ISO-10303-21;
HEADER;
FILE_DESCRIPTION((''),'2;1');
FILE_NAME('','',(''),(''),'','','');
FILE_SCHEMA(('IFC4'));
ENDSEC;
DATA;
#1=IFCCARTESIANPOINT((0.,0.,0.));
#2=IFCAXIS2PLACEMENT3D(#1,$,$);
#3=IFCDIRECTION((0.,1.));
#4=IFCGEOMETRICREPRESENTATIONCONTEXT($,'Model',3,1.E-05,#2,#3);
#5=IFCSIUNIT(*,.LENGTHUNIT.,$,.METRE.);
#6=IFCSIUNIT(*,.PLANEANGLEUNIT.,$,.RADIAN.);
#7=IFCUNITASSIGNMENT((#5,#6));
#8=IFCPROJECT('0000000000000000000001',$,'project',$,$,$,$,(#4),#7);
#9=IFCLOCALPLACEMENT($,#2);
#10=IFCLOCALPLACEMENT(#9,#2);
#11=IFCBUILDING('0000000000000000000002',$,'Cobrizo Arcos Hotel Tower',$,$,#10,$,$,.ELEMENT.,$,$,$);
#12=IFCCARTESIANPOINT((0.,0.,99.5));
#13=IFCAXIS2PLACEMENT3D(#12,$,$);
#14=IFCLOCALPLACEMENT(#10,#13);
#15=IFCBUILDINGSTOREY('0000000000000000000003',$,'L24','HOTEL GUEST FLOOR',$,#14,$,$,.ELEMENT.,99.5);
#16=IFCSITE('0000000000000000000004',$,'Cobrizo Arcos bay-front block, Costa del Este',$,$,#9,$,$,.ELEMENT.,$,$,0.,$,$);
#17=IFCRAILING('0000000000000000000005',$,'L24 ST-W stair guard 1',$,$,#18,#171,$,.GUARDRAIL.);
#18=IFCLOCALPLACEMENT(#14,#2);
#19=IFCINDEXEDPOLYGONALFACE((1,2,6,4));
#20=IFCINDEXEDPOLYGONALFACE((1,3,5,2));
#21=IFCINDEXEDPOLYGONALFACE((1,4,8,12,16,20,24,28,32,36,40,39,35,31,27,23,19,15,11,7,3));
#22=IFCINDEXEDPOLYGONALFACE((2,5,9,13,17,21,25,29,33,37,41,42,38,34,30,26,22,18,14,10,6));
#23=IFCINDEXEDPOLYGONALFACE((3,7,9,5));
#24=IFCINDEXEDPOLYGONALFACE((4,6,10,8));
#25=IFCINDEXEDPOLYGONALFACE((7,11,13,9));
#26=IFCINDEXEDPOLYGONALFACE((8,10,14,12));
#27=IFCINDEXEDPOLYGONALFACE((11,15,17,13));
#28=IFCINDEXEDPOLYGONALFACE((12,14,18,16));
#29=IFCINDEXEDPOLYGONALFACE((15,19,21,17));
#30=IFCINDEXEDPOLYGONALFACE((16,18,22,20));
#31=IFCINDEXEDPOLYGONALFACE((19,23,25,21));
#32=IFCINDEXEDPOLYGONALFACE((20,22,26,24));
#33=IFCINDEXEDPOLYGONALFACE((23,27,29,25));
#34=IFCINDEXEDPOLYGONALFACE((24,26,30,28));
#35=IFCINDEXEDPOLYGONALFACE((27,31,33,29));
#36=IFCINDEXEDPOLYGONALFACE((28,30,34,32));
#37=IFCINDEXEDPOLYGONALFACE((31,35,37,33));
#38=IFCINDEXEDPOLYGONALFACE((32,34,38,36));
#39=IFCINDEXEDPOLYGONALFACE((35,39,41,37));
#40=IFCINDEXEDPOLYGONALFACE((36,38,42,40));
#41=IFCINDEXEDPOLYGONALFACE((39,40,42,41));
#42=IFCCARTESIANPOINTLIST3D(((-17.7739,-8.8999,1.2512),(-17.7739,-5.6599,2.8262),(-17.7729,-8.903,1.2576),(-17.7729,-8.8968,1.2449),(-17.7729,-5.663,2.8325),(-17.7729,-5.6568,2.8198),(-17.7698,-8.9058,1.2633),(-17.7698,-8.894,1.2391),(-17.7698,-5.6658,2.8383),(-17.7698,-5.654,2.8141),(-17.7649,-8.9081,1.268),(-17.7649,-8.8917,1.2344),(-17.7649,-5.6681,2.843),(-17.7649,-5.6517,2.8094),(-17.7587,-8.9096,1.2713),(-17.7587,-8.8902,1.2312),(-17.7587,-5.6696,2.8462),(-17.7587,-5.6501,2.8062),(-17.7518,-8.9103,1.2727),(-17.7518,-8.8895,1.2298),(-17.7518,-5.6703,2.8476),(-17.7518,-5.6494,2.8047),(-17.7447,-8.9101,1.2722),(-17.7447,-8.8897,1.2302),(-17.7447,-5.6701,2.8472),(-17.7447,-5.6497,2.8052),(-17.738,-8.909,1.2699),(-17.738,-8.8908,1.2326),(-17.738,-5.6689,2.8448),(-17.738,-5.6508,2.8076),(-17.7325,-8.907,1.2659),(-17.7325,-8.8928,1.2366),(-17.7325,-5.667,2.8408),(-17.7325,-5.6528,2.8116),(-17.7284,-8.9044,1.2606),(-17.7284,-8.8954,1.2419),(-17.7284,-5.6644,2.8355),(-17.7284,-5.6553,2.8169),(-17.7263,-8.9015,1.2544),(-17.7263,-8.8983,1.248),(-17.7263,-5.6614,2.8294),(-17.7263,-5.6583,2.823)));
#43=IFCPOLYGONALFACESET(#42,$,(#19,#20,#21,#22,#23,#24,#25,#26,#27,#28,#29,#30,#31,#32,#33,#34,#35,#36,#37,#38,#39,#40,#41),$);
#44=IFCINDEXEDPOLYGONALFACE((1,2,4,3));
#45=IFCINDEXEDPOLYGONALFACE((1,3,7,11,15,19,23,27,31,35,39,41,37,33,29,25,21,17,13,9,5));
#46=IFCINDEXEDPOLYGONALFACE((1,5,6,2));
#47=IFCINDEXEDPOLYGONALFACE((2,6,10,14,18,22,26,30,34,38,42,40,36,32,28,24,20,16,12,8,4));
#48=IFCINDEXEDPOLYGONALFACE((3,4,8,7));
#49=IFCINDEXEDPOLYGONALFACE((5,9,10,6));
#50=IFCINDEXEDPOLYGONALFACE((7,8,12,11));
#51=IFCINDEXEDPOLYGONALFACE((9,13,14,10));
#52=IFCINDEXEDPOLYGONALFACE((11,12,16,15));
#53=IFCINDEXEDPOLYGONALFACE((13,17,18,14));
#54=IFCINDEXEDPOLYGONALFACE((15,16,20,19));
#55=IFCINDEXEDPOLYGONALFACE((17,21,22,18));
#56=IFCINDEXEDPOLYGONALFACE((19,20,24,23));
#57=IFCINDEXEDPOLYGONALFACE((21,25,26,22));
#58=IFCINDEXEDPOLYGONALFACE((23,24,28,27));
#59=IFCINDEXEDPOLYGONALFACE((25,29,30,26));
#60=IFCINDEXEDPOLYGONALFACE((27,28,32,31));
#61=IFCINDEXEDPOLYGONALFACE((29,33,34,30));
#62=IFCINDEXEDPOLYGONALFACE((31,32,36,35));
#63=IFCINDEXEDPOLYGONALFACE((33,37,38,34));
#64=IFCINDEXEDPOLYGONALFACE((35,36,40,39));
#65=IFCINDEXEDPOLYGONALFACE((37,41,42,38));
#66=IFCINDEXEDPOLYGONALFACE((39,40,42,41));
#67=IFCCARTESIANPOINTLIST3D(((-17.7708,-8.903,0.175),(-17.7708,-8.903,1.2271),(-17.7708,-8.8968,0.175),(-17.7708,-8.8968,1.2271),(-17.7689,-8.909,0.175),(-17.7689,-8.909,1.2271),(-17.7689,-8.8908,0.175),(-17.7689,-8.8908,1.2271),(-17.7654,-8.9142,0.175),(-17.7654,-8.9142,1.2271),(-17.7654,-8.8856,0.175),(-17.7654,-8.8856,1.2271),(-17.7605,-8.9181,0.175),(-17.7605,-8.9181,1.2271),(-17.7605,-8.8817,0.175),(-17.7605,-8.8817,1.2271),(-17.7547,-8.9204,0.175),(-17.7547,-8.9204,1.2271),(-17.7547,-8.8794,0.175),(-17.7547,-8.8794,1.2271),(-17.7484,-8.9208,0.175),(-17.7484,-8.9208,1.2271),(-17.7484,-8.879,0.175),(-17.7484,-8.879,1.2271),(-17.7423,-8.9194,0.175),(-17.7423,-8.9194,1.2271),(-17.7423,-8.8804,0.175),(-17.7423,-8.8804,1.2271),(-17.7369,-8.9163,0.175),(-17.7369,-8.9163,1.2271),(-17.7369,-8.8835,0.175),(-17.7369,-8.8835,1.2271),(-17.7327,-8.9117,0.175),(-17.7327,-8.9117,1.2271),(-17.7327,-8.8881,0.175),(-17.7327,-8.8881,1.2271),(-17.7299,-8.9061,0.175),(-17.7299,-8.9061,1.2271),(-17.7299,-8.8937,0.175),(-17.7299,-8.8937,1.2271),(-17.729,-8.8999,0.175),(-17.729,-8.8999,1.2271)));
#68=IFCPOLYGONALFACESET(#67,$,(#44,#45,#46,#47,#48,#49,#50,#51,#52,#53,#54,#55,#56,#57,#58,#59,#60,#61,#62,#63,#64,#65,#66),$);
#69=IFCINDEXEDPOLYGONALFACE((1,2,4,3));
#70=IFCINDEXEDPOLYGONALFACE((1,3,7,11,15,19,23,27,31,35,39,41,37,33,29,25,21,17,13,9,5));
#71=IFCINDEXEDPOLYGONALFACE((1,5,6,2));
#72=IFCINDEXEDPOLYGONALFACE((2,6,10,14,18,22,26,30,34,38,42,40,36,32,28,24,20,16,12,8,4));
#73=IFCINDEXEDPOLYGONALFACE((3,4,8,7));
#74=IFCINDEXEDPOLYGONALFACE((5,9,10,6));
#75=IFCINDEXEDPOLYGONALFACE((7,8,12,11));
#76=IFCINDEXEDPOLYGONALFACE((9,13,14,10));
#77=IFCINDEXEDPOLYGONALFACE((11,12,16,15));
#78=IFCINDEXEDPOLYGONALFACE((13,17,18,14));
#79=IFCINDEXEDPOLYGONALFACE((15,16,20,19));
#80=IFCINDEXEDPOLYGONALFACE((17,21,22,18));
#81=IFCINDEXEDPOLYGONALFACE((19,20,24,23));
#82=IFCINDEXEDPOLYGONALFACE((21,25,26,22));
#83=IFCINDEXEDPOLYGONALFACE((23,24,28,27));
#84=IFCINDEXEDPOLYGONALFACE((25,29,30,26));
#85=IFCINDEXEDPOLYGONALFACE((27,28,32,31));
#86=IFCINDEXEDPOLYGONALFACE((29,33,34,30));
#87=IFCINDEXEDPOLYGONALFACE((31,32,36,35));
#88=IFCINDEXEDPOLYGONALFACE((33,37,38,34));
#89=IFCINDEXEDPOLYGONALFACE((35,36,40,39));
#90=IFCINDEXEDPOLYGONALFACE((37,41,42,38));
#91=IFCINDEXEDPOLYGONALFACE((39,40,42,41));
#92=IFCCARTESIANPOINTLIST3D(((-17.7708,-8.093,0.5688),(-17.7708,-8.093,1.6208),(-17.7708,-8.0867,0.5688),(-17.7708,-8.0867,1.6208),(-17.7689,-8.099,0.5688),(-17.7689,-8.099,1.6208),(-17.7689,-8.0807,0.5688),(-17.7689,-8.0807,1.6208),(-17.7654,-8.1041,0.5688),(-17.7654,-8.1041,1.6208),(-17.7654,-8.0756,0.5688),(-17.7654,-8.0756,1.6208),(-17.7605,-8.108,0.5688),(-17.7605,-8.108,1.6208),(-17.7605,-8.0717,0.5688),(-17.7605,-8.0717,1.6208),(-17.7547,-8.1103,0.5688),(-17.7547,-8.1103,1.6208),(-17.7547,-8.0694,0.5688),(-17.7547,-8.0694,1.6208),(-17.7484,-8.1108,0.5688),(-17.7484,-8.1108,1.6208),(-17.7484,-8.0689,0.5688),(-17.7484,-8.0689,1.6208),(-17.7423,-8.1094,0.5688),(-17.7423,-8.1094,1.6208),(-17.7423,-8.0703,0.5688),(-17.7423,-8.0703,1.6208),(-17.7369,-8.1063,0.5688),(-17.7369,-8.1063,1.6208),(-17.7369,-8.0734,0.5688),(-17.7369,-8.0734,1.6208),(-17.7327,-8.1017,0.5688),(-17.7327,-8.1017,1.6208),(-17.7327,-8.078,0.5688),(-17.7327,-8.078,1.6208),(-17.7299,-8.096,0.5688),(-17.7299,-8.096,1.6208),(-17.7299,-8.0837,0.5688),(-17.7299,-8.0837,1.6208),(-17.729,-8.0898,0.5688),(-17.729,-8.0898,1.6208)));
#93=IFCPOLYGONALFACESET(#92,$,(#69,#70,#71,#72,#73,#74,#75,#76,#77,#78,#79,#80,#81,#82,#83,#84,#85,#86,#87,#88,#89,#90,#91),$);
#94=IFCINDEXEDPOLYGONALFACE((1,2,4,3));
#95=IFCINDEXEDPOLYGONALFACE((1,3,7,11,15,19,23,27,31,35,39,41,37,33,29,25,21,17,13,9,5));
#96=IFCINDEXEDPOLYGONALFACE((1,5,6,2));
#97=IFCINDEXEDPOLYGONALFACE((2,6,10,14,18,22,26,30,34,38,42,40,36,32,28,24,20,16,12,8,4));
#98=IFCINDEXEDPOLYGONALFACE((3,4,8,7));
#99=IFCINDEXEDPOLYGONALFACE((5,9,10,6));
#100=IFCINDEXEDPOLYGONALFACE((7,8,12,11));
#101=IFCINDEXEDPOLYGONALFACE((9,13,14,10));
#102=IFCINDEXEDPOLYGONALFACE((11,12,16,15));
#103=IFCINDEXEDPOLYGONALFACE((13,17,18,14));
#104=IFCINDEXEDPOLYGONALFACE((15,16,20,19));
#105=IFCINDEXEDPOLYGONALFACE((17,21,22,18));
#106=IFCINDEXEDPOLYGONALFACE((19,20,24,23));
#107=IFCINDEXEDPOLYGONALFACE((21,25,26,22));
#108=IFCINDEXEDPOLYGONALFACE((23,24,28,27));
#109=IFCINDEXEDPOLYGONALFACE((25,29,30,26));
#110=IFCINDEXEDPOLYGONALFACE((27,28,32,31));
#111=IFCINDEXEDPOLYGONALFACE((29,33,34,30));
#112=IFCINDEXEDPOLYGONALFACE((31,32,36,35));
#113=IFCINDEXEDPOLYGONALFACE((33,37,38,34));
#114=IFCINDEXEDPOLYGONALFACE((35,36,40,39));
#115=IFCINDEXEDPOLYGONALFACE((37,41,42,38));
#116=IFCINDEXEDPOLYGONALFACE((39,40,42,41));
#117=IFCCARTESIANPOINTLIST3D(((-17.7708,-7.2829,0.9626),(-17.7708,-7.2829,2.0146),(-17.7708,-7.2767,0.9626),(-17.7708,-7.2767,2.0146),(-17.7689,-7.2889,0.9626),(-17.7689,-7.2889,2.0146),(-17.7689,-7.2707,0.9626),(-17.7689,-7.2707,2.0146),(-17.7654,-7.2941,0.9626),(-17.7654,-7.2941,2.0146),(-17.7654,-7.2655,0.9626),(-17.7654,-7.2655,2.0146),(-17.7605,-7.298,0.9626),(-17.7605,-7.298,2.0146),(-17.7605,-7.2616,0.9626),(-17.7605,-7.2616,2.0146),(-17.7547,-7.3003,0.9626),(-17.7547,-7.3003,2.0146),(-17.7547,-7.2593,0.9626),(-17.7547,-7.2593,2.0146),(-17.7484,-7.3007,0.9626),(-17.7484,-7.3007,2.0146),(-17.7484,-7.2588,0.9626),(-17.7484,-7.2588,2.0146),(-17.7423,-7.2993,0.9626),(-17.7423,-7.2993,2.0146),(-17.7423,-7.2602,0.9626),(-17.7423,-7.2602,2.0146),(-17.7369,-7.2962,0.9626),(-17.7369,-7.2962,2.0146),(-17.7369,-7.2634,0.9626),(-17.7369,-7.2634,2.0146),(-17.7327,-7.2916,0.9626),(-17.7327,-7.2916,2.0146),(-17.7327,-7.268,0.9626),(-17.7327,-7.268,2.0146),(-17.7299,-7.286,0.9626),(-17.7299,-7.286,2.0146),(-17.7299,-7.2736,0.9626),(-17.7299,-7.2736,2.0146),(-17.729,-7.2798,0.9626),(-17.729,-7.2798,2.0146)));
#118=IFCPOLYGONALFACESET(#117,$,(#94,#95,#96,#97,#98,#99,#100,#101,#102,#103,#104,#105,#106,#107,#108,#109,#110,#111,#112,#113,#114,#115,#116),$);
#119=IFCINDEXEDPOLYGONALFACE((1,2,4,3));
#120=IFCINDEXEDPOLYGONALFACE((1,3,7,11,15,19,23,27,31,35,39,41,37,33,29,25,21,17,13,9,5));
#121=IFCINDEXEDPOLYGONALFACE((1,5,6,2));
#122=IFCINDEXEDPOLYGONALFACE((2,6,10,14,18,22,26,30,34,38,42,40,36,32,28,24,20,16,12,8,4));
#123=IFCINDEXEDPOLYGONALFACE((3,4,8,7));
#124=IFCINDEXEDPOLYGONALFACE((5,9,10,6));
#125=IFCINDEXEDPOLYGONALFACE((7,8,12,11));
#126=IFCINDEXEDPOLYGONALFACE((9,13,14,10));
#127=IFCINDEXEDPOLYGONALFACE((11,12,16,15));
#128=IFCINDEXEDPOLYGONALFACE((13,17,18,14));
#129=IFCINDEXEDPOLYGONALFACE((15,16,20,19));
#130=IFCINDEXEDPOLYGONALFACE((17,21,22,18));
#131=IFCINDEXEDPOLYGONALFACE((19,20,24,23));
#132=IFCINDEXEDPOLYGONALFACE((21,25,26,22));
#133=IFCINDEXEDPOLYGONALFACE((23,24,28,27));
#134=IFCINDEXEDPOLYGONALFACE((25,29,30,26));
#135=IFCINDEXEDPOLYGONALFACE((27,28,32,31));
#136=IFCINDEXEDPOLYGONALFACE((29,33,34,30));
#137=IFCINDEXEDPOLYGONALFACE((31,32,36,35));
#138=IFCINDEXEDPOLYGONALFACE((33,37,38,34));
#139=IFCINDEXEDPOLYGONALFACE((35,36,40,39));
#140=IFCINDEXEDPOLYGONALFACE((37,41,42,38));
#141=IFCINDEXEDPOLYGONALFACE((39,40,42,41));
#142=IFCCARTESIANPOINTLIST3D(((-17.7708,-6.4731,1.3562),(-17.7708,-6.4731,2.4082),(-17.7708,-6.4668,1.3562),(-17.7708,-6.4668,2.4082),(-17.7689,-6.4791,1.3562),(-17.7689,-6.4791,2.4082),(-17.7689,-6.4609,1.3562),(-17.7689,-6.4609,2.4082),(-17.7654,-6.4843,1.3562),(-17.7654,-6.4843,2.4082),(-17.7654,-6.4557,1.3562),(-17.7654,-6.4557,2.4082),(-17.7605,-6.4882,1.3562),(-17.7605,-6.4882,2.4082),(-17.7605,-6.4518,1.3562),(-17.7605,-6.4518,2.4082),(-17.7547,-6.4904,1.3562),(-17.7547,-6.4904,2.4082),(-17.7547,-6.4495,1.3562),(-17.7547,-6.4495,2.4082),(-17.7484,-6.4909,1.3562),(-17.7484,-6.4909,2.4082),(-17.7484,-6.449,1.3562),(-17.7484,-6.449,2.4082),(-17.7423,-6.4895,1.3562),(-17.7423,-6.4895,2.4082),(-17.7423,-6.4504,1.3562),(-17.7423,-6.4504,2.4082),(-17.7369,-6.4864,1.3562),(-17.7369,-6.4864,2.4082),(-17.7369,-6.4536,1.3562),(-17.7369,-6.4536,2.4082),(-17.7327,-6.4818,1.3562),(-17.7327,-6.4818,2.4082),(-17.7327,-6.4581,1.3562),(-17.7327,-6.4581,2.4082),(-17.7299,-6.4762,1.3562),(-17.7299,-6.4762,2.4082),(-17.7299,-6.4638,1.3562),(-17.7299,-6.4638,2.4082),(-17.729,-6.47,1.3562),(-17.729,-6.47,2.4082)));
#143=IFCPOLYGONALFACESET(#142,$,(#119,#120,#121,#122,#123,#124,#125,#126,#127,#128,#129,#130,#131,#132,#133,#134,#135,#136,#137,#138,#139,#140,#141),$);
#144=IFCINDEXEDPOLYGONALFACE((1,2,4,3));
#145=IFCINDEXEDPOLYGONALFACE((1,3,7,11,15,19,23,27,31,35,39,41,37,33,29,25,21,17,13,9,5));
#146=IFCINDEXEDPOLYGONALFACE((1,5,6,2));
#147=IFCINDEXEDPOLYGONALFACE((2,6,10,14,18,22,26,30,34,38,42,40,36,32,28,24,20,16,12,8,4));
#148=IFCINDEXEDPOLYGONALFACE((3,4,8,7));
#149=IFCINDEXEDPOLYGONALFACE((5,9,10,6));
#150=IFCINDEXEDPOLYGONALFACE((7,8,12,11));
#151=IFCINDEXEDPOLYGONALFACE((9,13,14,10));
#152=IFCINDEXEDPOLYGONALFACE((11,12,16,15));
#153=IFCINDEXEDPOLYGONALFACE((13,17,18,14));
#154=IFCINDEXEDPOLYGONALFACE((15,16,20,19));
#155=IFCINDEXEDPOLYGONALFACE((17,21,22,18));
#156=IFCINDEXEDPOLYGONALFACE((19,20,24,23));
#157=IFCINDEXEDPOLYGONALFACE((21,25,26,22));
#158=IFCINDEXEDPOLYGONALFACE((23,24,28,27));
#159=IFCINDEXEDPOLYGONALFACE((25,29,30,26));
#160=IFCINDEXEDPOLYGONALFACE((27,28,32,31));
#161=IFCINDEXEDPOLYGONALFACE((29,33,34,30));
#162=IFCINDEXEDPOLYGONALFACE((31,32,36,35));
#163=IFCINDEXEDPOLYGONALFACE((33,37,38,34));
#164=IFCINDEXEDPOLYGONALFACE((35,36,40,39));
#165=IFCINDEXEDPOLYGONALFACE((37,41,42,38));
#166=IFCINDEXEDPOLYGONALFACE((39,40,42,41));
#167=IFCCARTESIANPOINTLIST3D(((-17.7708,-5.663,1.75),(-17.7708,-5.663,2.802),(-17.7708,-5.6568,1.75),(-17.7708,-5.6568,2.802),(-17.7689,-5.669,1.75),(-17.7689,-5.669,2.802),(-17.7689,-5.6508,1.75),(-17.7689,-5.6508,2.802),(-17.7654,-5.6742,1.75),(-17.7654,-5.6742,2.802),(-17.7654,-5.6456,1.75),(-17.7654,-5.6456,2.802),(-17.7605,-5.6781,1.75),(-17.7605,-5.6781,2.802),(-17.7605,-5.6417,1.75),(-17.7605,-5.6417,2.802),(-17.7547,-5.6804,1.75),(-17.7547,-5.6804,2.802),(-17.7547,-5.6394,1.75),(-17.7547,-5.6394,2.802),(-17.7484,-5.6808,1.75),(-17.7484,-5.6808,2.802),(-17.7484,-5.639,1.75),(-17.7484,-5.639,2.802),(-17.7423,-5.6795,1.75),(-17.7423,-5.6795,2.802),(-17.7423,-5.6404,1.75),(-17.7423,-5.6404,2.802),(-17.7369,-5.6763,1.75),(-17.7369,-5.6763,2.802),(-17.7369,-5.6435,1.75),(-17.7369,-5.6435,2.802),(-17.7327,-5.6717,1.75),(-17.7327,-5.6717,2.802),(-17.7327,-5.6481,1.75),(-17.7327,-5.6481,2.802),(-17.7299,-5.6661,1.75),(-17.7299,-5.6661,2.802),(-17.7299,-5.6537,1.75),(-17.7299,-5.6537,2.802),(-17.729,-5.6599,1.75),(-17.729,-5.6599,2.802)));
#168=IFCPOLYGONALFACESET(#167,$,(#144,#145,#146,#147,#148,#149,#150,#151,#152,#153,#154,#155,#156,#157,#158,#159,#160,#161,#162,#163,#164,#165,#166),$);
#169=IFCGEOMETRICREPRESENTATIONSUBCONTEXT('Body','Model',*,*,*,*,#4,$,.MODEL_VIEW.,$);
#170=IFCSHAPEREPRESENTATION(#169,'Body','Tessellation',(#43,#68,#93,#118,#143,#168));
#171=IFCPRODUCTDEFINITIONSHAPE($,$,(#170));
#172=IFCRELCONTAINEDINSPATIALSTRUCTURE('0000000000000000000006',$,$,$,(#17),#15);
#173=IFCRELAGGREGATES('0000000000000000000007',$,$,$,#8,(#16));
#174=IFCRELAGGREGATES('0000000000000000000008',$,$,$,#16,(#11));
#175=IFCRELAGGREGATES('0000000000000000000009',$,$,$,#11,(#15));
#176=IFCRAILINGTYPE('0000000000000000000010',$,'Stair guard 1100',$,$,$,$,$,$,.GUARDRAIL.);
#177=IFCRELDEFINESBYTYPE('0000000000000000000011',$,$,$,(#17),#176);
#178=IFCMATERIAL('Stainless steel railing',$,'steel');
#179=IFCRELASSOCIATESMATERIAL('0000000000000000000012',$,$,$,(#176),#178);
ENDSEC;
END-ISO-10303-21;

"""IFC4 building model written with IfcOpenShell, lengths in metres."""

from ifc_helpers import new_model, si_unit, direction, frame, origin, origin_2d, place, context, subcontext, project, spatial, circle, extrude, material, type_object, element, save


model = new_model("IFC4")

# Units and contexts
model_context = context("Model", 3, precision=1e-05, world=origin(), true_north=direction((0.0, 1.0)))
body_context = subcontext(model_context, "Body", "Model", "MODEL_VIEW")
ifc_project = project(units=[si_unit("LENGTHUNIT", "METRE"), si_unit("PLANEANGLEUNIT", "RADIAN")], contexts=[model_context])

# Site, building, storey
site_placement = place(None, origin())
site = spatial("IfcSite", under=ifc_project, at=site_placement, Name="Cobrizo Arcos bay-front block, Costa del Este", CompositionType="ELEMENT", RefElevation=0.0)
building_placement = place(site_placement, origin())
building = spatial("IfcBuilding", under=site, at=building_placement, Name="Cobrizo Arcos Hotel Tower", CompositionType="ELEMENT")
storey_placement = place(building_placement, frame((0.0, 0.0, 99.5)))
storey = spatial("IfcBuildingStorey", under=building, at=storey_placement, Name="L24", Description="HOTEL GUEST FLOOR", CompositionType="ELEMENT", Elevation=99.5)

# Railing
ifc_material_1 = material(Name="Stainless steel railing", Category="steel")
railing_type_1 = type_object("IfcRailingType", Name="Stair guard 1100", PredefinedType="GUARDRAIL", material=ifc_material_1)
railing_1_placement = place(storey_placement, frame((-17.75, -8.8999, 0.175)))
element("IfcRailing", 1, at=railing_1_placement, inside=storey, type_object=railing_type_1, Name="L24 ST-W stair guard 1", PredefinedType="GUARDRAIL", context=body_context, shape_type="SweptSolid", body=[
    extrude(circle(Radius=0.0239, at=origin_2d()), frame((0.0, 0.0, 1.0762), z_axis=(0.0, 0.899373, 0.437183), x_axis=(-1.0, 0.0, 0.0)), (0.0, 0.0, 1.0), 3.6025),
    extrude(circle(Radius=0.021, at=origin_2d()), origin(), (0.0, 0.0, 1.0), 1.052),
    extrude(circle(Radius=0.021, at=origin_2d()), frame((0.0, 0.8101, 0.3938)), (0.0, 0.0, 1.0), 1.052),
    extrude(circle(Radius=0.021, at=origin_2d()), frame((0.0, 1.6201, 0.7876)), (0.0, 0.0, 1.0), 1.052),
    extrude(circle(Radius=0.021, at=origin_2d()), frame((0.0, 2.4299, 1.1812)), (0.0, 0.0, 1.0), 1.052),
    extrude(circle(Radius=0.021, at=origin_2d()), frame((0.0, 3.24, 1.575)), (0.0, 0.0, 1.0), 1.052),
])

save(model, "model.ifc")
